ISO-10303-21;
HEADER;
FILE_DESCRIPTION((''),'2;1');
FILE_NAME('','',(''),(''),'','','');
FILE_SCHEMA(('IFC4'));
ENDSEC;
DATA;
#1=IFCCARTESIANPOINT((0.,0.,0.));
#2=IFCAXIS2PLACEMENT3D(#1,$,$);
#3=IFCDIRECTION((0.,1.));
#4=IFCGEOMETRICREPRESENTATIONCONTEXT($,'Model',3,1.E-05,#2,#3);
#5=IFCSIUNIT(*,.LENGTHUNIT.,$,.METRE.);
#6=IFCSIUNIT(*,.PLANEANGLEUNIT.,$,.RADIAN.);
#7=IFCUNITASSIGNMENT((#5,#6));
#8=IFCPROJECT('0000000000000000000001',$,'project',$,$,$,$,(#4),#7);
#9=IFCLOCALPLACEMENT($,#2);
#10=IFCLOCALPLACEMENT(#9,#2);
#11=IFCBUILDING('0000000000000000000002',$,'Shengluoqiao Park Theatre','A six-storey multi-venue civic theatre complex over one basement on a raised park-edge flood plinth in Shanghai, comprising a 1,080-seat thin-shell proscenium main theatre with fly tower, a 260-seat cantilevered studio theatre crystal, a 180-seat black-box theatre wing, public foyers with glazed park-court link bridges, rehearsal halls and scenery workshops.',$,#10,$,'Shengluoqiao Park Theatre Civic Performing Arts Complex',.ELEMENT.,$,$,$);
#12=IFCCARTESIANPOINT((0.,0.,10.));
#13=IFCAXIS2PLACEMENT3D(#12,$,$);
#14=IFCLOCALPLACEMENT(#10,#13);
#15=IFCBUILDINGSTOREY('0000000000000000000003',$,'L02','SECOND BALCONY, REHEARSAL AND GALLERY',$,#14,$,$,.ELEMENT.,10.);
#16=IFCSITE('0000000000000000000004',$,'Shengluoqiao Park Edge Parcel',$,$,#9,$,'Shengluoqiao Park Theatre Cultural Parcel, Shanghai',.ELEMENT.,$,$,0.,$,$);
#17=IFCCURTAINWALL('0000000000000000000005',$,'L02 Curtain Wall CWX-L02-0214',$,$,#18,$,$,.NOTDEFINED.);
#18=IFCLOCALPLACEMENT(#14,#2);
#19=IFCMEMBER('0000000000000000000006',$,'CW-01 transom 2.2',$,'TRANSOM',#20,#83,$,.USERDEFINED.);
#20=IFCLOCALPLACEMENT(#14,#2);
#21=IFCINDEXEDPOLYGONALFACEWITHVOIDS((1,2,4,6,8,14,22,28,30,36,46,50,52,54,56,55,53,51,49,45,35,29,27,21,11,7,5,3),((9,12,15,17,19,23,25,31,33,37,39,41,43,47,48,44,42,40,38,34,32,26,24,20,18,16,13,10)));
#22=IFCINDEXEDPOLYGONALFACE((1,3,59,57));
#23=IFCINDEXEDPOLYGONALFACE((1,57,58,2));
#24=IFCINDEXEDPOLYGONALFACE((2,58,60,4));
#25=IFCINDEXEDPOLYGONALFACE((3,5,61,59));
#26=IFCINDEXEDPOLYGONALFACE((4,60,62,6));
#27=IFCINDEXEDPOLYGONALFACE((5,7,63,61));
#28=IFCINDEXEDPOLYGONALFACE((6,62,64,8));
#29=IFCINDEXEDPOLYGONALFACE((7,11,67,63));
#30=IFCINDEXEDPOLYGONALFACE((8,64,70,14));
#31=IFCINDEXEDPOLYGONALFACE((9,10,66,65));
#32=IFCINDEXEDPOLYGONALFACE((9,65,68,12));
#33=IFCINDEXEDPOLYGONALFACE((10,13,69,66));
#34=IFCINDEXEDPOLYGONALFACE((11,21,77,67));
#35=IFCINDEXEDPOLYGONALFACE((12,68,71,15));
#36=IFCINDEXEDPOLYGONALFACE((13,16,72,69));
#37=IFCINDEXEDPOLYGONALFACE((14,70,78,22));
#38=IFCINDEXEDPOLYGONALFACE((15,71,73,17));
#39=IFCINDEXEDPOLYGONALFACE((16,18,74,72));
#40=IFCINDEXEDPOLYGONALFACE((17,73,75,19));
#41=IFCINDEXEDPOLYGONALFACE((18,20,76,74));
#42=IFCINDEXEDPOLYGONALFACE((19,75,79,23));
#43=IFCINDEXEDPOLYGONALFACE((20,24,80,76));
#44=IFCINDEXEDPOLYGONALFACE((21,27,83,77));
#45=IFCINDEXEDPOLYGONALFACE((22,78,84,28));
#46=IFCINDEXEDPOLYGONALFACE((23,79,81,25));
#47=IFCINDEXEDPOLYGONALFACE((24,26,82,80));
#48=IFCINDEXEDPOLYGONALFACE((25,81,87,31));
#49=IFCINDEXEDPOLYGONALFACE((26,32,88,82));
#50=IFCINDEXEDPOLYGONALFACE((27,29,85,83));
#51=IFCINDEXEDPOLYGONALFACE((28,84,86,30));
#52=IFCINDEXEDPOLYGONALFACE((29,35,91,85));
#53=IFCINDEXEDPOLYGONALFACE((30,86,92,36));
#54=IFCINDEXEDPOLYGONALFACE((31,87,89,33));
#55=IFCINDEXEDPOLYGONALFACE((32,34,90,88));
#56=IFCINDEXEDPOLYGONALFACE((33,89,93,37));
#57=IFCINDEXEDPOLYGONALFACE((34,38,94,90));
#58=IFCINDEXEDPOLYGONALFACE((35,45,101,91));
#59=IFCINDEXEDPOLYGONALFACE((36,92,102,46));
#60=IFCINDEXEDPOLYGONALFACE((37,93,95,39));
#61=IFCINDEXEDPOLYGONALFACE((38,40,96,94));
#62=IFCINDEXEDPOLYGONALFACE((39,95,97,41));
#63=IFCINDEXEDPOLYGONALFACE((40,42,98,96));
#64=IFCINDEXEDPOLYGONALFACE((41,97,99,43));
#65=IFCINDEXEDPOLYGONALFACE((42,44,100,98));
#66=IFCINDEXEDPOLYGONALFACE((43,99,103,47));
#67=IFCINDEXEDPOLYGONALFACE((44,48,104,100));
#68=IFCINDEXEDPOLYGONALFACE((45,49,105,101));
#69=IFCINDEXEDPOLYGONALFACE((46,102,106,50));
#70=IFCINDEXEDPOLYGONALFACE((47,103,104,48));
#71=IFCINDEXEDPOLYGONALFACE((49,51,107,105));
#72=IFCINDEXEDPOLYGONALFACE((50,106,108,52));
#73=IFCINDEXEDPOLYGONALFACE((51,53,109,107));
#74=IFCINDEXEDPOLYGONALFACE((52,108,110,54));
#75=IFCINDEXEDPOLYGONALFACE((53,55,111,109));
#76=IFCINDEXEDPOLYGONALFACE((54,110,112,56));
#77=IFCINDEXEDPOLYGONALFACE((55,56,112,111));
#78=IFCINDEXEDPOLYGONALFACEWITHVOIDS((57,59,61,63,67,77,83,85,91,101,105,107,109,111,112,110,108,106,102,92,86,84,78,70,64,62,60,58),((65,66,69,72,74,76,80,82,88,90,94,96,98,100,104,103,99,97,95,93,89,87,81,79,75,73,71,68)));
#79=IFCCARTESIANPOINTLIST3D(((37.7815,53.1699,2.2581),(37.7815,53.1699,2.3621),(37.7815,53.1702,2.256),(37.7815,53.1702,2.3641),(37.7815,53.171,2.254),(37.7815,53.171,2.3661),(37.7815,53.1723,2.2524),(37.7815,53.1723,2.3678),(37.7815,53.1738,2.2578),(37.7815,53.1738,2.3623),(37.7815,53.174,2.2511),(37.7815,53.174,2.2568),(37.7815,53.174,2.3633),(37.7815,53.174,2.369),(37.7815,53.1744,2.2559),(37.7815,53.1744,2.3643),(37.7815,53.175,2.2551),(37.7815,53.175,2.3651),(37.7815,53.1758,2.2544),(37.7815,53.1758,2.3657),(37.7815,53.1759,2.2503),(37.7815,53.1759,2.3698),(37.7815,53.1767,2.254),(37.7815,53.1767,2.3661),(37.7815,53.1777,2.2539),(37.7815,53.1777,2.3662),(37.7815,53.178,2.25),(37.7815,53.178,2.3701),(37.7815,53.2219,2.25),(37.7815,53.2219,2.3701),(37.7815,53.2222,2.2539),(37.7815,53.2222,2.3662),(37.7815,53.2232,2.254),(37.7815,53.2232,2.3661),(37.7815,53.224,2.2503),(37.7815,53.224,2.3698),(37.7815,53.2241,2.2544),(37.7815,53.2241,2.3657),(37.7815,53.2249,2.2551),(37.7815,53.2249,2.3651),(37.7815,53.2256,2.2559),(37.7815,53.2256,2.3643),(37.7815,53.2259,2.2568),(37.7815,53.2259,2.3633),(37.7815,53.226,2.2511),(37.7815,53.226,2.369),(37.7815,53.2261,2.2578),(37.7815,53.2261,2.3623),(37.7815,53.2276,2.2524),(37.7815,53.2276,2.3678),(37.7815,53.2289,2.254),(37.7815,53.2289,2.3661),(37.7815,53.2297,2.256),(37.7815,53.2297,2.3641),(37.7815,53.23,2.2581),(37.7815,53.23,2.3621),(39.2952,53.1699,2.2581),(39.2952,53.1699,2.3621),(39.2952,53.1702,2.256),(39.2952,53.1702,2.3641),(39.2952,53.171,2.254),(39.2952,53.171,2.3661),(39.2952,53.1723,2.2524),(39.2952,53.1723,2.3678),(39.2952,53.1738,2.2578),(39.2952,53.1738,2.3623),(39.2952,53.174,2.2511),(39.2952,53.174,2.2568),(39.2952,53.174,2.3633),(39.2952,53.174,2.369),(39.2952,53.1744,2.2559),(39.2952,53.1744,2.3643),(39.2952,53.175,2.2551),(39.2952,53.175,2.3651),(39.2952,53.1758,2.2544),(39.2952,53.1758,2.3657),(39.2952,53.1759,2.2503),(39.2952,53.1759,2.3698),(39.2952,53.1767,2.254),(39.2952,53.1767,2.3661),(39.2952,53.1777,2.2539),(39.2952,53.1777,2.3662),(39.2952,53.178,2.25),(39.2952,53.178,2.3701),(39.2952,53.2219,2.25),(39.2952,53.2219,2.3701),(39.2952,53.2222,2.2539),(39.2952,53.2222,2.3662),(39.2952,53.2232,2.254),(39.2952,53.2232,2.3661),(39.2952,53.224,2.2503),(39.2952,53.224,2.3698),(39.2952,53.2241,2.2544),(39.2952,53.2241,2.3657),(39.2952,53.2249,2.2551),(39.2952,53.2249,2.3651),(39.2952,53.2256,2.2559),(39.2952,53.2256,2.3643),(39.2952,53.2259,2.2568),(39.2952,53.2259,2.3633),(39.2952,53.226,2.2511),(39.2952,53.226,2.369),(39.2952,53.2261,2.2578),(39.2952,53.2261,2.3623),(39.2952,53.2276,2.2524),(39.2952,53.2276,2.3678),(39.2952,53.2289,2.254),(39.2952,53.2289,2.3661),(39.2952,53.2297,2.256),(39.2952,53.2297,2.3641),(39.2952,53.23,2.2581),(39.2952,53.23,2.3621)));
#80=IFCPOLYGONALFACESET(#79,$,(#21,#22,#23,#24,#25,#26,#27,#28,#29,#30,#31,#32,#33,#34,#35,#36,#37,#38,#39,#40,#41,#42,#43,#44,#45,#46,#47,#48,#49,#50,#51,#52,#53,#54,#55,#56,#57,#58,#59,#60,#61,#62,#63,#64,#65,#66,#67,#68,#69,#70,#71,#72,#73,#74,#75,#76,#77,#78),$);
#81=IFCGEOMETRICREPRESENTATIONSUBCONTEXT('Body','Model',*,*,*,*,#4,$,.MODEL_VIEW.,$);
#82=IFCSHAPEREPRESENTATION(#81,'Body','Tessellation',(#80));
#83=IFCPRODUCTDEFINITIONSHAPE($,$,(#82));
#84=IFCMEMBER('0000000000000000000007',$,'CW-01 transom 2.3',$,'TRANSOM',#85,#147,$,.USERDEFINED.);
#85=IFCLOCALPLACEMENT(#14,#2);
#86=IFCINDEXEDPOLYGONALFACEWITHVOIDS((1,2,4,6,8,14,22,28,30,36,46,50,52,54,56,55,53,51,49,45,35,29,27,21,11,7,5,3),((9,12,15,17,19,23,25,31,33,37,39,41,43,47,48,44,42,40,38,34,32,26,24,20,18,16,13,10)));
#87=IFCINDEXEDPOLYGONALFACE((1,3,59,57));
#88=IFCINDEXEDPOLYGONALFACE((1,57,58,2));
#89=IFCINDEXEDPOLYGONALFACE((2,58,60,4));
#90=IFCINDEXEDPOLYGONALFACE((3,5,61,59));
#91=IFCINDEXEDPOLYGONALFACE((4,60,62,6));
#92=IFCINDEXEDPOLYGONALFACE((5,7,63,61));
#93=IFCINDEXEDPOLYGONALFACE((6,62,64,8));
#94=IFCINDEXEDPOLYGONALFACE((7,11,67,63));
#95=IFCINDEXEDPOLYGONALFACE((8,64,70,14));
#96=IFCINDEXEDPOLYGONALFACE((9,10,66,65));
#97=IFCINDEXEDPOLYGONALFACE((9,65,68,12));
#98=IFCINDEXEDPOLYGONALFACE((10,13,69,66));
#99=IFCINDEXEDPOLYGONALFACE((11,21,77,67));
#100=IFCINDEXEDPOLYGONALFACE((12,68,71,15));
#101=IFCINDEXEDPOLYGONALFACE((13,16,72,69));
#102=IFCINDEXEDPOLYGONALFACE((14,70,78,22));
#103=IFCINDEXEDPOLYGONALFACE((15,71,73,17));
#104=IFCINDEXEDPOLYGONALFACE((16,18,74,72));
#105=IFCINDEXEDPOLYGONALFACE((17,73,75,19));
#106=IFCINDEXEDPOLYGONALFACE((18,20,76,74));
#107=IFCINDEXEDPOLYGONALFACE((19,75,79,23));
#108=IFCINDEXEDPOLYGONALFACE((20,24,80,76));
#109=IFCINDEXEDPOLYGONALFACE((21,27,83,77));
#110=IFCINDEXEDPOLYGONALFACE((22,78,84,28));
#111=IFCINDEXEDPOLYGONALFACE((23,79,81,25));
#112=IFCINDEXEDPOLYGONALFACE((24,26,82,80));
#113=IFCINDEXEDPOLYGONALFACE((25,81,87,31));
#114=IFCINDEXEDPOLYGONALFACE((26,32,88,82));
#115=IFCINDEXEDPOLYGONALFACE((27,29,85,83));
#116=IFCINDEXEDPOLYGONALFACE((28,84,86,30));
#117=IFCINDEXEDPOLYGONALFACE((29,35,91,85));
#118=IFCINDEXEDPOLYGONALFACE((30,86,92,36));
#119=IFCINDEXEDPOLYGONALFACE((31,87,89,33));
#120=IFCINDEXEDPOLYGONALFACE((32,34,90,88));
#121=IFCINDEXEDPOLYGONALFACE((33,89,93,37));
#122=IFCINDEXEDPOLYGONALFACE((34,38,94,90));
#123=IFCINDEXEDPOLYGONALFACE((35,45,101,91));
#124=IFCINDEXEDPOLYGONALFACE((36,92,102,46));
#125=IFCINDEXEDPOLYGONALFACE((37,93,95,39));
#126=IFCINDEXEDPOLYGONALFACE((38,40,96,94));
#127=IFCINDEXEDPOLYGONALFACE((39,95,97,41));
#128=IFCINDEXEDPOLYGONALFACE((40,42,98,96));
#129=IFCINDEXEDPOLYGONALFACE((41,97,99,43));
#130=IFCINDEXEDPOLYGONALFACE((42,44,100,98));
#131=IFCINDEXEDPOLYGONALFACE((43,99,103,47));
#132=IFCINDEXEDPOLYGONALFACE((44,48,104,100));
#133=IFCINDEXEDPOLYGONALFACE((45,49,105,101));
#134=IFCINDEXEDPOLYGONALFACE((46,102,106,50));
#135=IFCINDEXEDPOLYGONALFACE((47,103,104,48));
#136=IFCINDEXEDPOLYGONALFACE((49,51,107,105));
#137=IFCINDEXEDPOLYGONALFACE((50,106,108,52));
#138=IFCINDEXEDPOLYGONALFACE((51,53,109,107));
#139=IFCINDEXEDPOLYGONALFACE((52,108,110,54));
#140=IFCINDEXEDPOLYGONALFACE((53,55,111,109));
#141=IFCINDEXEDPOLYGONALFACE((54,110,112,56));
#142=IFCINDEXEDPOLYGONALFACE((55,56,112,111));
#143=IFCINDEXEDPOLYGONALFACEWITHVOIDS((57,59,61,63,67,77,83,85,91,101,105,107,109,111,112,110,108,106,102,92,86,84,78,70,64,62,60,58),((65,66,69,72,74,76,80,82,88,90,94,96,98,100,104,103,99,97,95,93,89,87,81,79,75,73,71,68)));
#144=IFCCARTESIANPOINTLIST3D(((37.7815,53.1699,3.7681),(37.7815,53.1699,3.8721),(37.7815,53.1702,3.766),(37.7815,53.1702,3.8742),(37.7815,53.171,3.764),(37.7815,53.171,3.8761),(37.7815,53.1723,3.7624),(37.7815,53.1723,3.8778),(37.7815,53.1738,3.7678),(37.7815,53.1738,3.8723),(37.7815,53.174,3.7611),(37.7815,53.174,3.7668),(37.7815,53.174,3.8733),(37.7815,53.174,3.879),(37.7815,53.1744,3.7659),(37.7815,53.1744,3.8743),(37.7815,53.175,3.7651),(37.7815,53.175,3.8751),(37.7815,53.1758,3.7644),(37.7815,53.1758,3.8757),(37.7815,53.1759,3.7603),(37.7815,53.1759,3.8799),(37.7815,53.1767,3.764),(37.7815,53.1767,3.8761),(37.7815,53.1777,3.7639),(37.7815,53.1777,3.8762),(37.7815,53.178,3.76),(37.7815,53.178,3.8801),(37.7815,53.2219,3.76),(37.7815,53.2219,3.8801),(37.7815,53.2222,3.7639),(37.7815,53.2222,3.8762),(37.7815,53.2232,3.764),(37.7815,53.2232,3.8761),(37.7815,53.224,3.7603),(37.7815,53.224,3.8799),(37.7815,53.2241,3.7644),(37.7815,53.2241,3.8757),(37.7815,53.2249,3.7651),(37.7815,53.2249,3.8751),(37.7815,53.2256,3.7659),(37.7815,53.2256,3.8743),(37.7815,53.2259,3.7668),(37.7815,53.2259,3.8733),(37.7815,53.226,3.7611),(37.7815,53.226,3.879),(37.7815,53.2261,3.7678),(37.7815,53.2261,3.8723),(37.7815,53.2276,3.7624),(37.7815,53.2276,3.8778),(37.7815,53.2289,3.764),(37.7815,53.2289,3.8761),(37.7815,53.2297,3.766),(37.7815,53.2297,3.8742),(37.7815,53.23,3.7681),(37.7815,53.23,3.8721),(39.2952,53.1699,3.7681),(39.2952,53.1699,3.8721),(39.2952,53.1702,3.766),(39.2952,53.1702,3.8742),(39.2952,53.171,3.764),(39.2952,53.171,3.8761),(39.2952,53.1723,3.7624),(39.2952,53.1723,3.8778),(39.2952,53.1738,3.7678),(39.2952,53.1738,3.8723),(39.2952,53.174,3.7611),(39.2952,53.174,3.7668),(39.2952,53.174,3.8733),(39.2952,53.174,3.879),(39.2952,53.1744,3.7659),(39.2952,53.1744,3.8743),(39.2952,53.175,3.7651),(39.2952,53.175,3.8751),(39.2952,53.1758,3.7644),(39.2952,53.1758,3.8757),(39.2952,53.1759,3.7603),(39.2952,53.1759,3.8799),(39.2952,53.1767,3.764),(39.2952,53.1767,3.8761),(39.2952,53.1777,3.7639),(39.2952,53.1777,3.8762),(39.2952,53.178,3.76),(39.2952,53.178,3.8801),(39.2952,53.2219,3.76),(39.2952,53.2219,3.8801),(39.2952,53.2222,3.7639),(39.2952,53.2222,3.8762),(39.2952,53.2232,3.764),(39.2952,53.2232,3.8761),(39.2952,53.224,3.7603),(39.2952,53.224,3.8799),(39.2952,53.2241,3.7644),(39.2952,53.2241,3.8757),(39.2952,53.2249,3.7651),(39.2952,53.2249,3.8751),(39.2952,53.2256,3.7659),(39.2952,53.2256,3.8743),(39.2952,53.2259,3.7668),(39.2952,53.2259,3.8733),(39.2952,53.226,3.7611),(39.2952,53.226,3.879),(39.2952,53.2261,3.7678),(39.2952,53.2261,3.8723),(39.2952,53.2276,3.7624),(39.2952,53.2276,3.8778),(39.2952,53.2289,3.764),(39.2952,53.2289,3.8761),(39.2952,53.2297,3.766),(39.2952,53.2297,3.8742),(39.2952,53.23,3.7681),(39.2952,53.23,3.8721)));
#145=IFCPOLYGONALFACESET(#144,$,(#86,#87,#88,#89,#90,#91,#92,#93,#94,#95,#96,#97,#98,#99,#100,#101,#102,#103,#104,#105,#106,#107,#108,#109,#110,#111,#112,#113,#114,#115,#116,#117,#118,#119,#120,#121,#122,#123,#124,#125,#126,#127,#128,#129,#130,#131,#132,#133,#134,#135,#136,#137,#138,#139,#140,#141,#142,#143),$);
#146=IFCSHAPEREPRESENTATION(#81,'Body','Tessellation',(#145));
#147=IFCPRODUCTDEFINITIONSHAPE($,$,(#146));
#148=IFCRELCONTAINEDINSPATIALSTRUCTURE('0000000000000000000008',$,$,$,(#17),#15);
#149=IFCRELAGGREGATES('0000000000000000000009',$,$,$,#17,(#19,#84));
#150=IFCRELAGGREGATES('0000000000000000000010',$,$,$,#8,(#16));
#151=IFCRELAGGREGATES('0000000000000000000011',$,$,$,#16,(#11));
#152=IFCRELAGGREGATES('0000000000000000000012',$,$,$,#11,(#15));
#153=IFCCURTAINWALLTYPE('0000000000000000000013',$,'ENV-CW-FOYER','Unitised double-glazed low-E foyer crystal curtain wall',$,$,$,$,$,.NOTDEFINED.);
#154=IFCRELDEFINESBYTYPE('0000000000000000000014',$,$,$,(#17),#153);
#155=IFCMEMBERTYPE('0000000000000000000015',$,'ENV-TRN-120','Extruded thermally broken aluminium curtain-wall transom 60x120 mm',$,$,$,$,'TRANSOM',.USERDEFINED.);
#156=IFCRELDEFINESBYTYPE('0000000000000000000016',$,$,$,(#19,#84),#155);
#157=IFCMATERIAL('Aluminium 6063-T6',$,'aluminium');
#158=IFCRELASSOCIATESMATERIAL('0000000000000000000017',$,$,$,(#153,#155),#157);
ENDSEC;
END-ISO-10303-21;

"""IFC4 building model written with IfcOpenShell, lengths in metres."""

from ifc_helpers import new_model, si_unit, direction, frame, origin, origin_2d, place, context, subcontext, project, spatial, hollow_rectangle, extrude, material, material_profile, profile_set, type_object, element, aggregate, save


model = new_model("IFC4")

# Units and contexts
model_context = context("Model", 3, precision=1e-05, world=origin(), true_north=direction((0.0, 1.0)))
body_context = subcontext(model_context, "Body", "Model", "MODEL_VIEW")
ifc_project = project(units=[si_unit("LENGTHUNIT", "METRE"), si_unit("PLANEANGLEUNIT", "RADIAN")], contexts=[model_context])

# Site, building, storey
site_placement = place(None, origin())
site = spatial("IfcSite", under=ifc_project, at=site_placement, Name="Shengluoqiao Park Edge Parcel", LongName="Shengluoqiao Park Theatre Cultural Parcel, Shanghai", CompositionType="ELEMENT", RefElevation=0.0)
building_placement = place(site_placement, origin())
building = spatial("IfcBuilding", under=site, at=building_placement, Name="Shengluoqiao Park Theatre", Description="A six-storey multi-venue civic theatre complex over one basement on a raised park-edge flood plinth in Shanghai, comprising a 1,080-seat thin-shell proscenium main theatre with fly tower, a 260-seat cantilevered studio theatre crystal, a 180-seat black-box theatre wing, public foyers with glazed park-court link bridges, rehearsal halls and scenery workshops.", LongName="Shengluoqiao Park Theatre Civic Performing Arts Complex", CompositionType="ELEMENT")
storey_placement = place(building_placement, frame((0.0, 0.0, 10.0)))
storey = spatial("IfcBuildingStorey", under=building, at=storey_placement, Name="L02", Description="SECOND BALCONY, REHEARSAL AND GALLERY", CompositionType="ELEMENT", Elevation=10.0)

# Curtain wall, members
ifc_material_1 = material(Name="Aluminium 6063-T6", Category="aluminium")
curtain_wall_type = type_object("IfcCurtainWallType", Name="ENV-CW-FOYER", Description="Unitised double-glazed low-E foyer crystal curtain wall", PredefinedType="NOTDEFINED", material=ifc_material_1)
curtain_wall_placement = place(storey_placement, origin())
curtain_wall = element("IfcCurtainWall", 1, at=curtain_wall_placement, inside=storey, type_object=curtain_wall_type, Name="L02 Curtain Wall CWX-L02-0214", PredefinedType="NOTDEFINED")
ifc_material_profile_1 = material_profile(ifc_material_1, hollow_rectangle(XDim=0.0601, YDim=0.1201, WallThickness=0.0039, InnerFilletRadius=0.0039, OuterFilletRadius=0.0081, at=origin_2d()), Name="ALU TRANSOM 120x60x4")
ifc_profile_set_1 = profile_set([ifc_material_profile_1], Name="Aluminium 6063-T6")
member_type_1 = type_object("IfcMemberType", Name="ENV-TRN-120", Description="Extruded thermally broken aluminium curtain-wall transom 60x120 mm", ElementType="TRANSOM", PredefinedType="USERDEFINED", material=ifc_profile_set_1)
member_1_placement = place(storey_placement, frame((37.7815, 53.2, 2.3101), z_axis=(1.0, 0.0, 0.0), x_axis=(0.0, 1.0, 0.0)))
member_1 = element("IfcMember", 2, at=member_1_placement, type_object=member_type_1, Name="CW-01 transom 2.2", ObjectType="TRANSOM", PredefinedType="USERDEFINED", context=body_context, shape_type="SweptSolid", body=[
    extrude(hollow_rectangle(XDim=0.0601, YDim=0.1201, WallThickness=0.0039, InnerFilletRadius=0.0039, OuterFilletRadius=0.0081, at=origin_2d()), origin(), (0.0, 0.0, 1.0), 1.5137),
])
member_2_placement = place(storey_placement, frame((37.7815, 53.2, 3.8201), z_axis=(1.0, 0.0, 0.0), x_axis=(0.0, 1.0, 0.0)))
member_2 = element("IfcMember", 3, at=member_2_placement, type_object=member_type_1, Name="CW-01 transom 2.3", ObjectType="TRANSOM", PredefinedType="USERDEFINED", context=body_context, shape_type="SweptSolid", body=[
    extrude(hollow_rectangle(XDim=0.0601, YDim=0.1201, WallThickness=0.0039, InnerFilletRadius=0.0039, OuterFilletRadius=0.0081, at=origin_2d()), origin(), (0.0, 0.0, 1.0), 1.5137),
])

aggregate(curtain_wall, [member_1, member_2])

save(model, "model.ifc")
